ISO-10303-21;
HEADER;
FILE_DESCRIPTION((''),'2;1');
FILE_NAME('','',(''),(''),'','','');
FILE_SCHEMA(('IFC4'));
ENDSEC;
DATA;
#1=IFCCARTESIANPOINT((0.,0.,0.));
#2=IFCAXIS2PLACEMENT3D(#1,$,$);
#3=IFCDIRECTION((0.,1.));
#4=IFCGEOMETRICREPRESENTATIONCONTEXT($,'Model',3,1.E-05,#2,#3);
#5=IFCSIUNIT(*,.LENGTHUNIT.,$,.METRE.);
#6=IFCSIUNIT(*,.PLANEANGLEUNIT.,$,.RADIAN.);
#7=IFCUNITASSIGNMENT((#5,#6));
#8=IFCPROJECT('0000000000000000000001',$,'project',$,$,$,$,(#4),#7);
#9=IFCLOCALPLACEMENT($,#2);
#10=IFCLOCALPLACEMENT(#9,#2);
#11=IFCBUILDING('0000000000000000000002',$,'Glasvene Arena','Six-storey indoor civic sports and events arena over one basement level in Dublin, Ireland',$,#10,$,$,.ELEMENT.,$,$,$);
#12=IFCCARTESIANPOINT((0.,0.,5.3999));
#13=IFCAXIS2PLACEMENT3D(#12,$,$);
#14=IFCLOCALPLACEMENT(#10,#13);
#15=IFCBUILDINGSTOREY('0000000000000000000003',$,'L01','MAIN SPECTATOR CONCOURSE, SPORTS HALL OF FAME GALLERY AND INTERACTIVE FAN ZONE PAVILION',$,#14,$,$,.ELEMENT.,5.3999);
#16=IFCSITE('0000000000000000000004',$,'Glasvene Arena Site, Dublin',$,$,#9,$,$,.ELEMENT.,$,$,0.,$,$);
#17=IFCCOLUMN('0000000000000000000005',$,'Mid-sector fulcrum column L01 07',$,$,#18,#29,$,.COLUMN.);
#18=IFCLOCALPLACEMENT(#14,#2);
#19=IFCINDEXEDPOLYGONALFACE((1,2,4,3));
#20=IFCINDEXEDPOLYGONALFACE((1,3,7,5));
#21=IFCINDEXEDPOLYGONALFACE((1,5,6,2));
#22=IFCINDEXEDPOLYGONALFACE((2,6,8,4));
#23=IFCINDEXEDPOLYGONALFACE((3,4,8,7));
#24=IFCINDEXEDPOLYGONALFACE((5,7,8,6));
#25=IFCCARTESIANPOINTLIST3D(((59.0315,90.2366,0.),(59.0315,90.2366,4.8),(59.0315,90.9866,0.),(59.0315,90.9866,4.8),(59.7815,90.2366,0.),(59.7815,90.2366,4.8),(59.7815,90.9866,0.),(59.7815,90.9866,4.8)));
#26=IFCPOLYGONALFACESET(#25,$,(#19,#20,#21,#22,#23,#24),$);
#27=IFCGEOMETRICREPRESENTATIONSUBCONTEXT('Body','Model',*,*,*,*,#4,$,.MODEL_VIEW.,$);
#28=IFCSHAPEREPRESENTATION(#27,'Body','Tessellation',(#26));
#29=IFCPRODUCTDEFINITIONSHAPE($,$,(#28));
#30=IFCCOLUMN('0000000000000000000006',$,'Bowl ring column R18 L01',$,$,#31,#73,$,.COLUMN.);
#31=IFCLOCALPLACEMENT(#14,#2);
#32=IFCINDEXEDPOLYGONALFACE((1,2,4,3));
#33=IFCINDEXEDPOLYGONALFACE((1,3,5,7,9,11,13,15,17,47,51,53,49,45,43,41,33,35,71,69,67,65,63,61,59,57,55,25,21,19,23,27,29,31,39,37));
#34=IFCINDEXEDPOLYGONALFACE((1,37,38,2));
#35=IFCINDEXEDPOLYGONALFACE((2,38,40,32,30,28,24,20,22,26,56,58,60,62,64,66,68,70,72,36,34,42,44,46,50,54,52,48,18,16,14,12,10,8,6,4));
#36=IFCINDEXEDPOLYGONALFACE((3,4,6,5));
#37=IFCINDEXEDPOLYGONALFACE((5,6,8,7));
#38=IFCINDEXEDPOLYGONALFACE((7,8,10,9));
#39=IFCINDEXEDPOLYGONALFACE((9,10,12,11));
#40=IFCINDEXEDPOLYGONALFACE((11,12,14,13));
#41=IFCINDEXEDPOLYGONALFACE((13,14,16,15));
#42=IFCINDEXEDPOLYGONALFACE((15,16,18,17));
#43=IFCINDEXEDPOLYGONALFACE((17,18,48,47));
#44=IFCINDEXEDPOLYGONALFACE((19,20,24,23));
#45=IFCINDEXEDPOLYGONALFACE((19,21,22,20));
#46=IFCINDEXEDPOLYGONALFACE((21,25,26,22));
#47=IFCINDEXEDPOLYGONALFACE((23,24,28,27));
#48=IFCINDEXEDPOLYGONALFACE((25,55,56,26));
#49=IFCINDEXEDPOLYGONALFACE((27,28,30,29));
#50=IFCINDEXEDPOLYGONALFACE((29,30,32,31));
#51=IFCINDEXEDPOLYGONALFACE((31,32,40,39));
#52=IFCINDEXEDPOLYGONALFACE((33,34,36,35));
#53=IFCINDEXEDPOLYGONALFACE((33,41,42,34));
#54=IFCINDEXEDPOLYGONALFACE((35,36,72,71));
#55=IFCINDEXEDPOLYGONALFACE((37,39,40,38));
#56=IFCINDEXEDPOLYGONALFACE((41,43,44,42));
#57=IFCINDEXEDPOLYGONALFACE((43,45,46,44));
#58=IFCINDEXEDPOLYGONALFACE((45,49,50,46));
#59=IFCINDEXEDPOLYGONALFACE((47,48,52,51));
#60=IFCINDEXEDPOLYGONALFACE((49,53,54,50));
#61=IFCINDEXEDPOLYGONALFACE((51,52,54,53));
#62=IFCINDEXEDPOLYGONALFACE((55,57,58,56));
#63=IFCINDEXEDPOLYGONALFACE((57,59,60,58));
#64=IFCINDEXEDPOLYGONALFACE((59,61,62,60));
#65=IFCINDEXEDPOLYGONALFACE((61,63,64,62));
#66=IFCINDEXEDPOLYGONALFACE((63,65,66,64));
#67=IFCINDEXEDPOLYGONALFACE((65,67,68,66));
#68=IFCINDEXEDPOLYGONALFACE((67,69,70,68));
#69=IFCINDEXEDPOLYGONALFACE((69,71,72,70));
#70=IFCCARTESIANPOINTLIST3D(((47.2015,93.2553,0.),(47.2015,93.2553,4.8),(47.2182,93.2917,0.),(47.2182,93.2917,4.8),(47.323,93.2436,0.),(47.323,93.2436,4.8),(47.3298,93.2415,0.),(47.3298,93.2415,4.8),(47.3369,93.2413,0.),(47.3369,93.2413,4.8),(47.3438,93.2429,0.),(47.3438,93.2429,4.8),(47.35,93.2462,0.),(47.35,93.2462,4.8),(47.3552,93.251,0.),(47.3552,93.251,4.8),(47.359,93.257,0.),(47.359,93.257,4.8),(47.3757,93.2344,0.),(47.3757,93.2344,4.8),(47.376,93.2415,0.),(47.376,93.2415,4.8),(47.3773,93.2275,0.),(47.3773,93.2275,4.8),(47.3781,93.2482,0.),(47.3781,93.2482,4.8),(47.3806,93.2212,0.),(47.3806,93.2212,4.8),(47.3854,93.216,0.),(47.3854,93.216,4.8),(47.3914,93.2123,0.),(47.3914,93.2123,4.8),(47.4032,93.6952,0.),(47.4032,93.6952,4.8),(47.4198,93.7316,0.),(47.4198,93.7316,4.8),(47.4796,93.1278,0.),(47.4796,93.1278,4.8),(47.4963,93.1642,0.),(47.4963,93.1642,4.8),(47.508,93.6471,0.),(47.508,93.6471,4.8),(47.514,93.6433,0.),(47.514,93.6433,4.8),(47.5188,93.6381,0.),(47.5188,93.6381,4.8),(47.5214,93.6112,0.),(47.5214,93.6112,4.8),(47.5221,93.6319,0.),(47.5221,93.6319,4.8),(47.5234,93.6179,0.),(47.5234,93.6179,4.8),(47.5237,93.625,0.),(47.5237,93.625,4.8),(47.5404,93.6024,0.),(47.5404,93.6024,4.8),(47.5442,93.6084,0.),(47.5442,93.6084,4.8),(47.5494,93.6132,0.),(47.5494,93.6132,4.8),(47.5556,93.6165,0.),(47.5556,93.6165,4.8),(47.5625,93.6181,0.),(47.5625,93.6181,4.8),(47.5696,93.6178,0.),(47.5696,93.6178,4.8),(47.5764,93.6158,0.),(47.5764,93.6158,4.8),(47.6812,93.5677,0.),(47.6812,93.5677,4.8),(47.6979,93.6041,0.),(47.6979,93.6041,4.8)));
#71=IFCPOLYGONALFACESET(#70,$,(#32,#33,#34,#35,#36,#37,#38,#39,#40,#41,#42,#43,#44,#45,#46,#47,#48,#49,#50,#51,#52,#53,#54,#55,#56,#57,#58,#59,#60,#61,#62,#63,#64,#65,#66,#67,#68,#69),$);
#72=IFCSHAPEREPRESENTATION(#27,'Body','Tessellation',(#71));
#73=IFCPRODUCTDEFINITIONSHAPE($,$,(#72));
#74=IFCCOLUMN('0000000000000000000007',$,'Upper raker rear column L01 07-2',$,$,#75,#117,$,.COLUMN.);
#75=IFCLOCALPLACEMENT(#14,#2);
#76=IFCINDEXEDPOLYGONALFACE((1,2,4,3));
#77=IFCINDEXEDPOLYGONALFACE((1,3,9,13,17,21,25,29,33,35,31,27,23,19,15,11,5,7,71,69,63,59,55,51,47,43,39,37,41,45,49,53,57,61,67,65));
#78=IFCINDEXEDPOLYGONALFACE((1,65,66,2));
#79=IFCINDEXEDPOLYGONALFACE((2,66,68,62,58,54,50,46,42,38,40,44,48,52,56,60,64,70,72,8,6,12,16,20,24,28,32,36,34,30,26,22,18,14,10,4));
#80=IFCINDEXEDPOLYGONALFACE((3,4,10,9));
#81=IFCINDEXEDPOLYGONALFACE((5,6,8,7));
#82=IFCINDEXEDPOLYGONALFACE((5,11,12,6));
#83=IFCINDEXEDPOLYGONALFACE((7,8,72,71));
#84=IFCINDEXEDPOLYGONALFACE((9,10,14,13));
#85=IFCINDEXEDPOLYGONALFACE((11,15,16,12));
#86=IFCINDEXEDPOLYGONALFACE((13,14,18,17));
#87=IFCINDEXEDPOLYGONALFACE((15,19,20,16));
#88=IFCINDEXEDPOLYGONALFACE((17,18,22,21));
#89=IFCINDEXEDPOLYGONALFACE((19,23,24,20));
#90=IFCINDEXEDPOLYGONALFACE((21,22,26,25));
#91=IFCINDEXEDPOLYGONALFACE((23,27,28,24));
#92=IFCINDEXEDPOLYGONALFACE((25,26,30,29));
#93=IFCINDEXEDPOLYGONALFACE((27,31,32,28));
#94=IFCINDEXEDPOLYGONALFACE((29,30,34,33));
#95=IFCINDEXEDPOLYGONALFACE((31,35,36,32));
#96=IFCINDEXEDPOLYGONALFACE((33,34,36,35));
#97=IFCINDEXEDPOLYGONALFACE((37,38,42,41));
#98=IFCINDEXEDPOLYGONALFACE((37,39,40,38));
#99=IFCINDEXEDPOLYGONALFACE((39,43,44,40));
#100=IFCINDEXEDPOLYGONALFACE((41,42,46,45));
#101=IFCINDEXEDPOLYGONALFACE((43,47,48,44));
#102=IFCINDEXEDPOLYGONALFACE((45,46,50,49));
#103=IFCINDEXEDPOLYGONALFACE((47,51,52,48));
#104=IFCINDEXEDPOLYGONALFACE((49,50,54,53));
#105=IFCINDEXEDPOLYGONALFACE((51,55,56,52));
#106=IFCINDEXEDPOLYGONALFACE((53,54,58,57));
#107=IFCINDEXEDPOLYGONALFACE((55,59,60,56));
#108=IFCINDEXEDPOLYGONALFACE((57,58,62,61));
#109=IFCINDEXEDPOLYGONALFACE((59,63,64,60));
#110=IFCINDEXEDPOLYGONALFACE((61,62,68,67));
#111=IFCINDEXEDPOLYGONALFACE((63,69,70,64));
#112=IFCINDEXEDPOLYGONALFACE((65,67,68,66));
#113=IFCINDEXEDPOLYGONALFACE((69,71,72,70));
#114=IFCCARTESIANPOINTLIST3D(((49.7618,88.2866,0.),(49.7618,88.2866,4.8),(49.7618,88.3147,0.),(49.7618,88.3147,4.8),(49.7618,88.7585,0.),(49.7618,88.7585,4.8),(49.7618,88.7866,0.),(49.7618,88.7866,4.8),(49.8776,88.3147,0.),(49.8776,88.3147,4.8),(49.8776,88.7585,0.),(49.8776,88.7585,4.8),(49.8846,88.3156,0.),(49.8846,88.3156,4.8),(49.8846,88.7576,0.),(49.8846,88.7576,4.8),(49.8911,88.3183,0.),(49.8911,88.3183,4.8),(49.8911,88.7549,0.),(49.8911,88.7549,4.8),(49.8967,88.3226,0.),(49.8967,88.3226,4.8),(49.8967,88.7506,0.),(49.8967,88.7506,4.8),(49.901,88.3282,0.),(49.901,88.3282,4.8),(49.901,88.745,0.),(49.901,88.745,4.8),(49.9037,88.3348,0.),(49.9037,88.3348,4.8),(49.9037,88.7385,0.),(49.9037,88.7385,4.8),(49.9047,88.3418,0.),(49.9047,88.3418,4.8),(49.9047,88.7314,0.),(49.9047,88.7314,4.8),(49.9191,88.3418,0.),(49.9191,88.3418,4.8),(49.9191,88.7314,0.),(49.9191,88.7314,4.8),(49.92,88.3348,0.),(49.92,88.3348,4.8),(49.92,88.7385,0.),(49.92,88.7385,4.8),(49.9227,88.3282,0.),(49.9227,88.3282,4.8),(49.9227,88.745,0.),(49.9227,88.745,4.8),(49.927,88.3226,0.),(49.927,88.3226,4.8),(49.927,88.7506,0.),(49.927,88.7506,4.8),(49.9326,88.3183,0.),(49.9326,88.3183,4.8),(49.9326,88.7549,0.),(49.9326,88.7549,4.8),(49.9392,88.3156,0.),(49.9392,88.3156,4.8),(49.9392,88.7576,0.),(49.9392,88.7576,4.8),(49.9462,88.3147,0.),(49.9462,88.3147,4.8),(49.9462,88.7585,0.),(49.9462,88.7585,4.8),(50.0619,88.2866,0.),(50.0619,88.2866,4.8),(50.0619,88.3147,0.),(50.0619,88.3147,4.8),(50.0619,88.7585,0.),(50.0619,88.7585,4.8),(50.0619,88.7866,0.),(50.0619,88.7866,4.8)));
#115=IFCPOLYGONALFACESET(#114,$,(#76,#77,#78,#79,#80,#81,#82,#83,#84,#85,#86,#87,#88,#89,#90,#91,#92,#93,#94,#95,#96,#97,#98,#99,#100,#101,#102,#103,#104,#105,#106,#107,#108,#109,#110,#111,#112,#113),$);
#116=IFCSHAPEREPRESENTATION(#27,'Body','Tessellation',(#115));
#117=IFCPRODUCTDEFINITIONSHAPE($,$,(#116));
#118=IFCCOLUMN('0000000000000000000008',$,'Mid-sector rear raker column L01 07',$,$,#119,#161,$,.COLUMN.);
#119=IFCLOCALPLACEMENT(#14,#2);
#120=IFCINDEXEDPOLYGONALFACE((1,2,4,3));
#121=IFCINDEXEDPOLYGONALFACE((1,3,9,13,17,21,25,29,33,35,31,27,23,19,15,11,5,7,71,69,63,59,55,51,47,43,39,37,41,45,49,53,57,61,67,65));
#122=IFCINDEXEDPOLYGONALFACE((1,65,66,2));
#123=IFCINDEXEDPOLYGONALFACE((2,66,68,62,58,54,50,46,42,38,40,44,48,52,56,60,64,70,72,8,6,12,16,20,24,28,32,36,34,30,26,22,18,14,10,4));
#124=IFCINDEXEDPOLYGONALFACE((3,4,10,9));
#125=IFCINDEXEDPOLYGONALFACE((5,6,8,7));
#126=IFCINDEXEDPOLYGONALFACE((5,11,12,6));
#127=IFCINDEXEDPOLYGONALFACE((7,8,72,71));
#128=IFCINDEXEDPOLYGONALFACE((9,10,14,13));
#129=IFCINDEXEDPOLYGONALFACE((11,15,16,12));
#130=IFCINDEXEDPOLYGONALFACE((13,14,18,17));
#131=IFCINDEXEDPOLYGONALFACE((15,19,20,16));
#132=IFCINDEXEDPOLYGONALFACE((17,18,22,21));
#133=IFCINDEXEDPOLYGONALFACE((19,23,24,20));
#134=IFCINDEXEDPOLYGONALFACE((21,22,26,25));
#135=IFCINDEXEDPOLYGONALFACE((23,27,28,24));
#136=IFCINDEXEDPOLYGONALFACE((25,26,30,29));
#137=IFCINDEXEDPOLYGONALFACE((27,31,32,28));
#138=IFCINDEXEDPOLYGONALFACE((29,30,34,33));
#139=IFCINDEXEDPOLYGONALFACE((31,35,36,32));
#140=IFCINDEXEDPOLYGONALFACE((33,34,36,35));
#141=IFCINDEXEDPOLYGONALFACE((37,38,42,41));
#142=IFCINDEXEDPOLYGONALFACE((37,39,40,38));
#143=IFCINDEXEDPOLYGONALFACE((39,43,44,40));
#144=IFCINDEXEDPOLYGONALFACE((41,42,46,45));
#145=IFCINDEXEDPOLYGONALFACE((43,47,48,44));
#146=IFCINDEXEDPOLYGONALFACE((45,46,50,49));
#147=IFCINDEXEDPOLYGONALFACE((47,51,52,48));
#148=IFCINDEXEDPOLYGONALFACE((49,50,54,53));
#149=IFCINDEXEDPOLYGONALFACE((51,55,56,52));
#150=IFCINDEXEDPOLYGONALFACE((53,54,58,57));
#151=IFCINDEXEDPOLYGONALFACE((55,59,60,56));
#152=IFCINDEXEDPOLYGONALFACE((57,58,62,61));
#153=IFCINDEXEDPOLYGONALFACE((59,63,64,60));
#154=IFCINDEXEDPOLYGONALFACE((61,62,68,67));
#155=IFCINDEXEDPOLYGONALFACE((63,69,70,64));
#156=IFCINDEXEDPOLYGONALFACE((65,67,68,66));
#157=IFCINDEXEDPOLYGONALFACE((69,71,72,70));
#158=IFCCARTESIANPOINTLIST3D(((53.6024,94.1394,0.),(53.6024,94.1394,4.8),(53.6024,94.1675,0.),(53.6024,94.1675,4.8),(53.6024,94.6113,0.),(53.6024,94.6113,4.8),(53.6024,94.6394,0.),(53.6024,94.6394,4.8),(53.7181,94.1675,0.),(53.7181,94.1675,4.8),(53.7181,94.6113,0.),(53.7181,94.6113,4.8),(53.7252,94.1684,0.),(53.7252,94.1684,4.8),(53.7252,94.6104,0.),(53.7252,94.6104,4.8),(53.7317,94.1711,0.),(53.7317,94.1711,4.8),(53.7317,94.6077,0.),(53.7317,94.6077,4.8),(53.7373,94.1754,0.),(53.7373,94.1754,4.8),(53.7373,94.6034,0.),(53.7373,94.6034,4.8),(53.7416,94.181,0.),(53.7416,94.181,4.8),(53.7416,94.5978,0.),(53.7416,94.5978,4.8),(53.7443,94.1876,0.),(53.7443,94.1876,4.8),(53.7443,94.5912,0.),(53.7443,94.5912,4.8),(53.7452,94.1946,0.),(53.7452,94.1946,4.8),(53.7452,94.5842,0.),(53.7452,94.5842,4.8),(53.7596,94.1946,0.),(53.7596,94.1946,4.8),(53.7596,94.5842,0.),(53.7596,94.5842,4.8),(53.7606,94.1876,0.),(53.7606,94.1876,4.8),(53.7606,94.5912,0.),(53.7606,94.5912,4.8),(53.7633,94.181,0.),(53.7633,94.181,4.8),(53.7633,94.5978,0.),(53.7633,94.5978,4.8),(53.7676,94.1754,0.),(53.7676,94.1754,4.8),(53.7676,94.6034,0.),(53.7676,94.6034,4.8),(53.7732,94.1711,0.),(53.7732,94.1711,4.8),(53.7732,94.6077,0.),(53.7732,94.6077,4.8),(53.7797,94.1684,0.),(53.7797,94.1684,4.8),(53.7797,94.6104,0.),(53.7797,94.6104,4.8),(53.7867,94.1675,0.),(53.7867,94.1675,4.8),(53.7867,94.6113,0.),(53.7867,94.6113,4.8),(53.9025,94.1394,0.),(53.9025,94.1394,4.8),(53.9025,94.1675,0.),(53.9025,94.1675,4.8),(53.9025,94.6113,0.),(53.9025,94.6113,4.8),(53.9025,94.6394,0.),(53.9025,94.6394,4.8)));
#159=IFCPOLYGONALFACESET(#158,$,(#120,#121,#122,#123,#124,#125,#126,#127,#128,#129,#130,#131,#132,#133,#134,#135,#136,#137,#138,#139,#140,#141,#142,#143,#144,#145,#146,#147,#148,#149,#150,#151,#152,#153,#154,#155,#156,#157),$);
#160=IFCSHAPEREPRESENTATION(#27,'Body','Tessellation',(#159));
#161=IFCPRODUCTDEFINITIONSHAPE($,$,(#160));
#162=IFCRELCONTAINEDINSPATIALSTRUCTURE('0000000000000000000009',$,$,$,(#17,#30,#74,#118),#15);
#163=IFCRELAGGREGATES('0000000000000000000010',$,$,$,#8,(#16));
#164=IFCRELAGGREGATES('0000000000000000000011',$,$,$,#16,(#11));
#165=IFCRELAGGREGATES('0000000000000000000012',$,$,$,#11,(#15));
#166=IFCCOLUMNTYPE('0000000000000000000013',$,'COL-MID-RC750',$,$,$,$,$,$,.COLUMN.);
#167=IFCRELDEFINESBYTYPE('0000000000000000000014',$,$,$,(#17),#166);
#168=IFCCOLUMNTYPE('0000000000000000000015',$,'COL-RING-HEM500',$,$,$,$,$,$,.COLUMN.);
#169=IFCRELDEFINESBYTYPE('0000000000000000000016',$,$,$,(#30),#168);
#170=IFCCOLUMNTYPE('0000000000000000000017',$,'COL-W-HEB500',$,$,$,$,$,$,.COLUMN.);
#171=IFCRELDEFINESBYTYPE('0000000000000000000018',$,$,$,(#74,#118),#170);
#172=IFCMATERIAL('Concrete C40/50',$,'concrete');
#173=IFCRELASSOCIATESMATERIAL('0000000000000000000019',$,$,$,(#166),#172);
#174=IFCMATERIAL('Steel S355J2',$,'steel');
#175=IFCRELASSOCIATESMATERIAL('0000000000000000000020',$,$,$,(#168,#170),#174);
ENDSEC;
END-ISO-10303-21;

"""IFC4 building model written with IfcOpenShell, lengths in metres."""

from ifc_helpers import new_model, si_unit, direction, frame, origin, origin_2d, place, context, subcontext, project, spatial, rectangle, i_section, extrude, material, material_profile, profile_set, type_object, element, save


model = new_model("IFC4")

# Units and contexts
model_context = context("Model", 3, precision=1e-05, world=origin(), true_north=direction((0.0, 1.0)))
body_context = subcontext(model_context, "Body", "Model", "MODEL_VIEW")
ifc_project = project(units=[si_unit("LENGTHUNIT", "METRE"), si_unit("PLANEANGLEUNIT", "RADIAN")], contexts=[model_context])

# Site, building, storey
site_placement = place(None, origin())
site = spatial("IfcSite", under=ifc_project, at=site_placement, Name="Glasvene Arena Site, Dublin", CompositionType="ELEMENT", RefElevation=0.0)
building_placement = place(site_placement, origin())
building = spatial("IfcBuilding", under=site, at=building_placement, Name="Glasvene Arena", Description="Six-storey indoor civic sports and events arena over one basement level in Dublin, Ireland", CompositionType="ELEMENT")
storey_placement = place(building_placement, frame((0.0, 0.0, 5.3999)))
storey = spatial("IfcBuildingStorey", under=building, at=storey_placement, Name="L01", Description="MAIN SPECTATOR CONCOURSE, SPORTS HALL OF FAME GALLERY AND INTERACTIVE FAN ZONE PAVILION", CompositionType="ELEMENT", Elevation=5.3999)

# Columns
ifc_material_1 = material(Name="Concrete C40/50", Category="concrete")
ifc_material_profile_1 = material_profile(ifc_material_1, rectangle(XDim=0.75, YDim=0.75, at=origin_2d()), Name="RC 750x750")
ifc_profile_set_1 = profile_set([ifc_material_profile_1], Name="Concrete C40/50")
column_type_1 = type_object("IfcColumnType", Name="COL-MID-RC750", PredefinedType="COLUMN", material=ifc_profile_set_1)
column_1_placement = place(storey_placement, frame((59.4065, 90.6116, 0.0), z_axis=(0.0, 0.0, 1.0), x_axis=(1.0, 0.0, 0.0)))
element("IfcColumn", 1, at=column_1_placement, inside=storey, type_object=column_type_1, Name="Mid-sector fulcrum column L01 07", PredefinedType="COLUMN", context=body_context, shape_type="SweptSolid", body=[
    extrude(rectangle(XDim=0.75, YDim=0.75, at=origin_2d()), origin(), (0.0, 0.0, 1.0), 4.8),
])
ifc_material_2 = material(Name="Steel S355J2", Category="steel")
ifc_material_profile_2 = material_profile(ifc_material_2, i_section(OverallWidth=0.3059, OverallDepth=0.5239, WebThickness=0.021, FlangeThickness=0.04, FilletRadius=0.0271, at=origin_2d()), Name="HEM 500")
ifc_profile_set_2 = profile_set([ifc_material_profile_2], Name="Steel S355J2")
column_type_2 = type_object("IfcColumnType", Name="COL-RING-HEM500", PredefinedType="COLUMN", material=ifc_profile_set_2)
column_2_placement = place(storey_placement, frame((47.4497, 93.4297, 0.0), z_axis=(0.0, 0.0, 1.0), x_axis=(-0.909018, 0.416757, 0.0)))
element("IfcColumn", 2, at=column_2_placement, inside=storey, type_object=column_type_2, Name="Bowl ring column R18 L01", PredefinedType="COLUMN", context=body_context, shape_type="SweptSolid", body=[
    extrude(i_section(OverallWidth=0.3059, OverallDepth=0.5239, WebThickness=0.021, FlangeThickness=0.04, FilletRadius=0.0271, at=origin_2d()), origin(), (0.0, 0.0, 1.0), 4.8),
])
ifc_material_profile_3 = material_profile(ifc_material_2, i_section(OverallWidth=0.3, OverallDepth=0.5, WebThickness=0.0144, FlangeThickness=0.0281, FilletRadius=0.0271, at=origin_2d()), Name="HEB 500")
ifc_profile_set_3 = profile_set([ifc_material_profile_3], Name="Steel S355J2")
column_type_3 = type_object("IfcColumnType", Name="COL-W-HEB500", PredefinedType="COLUMN", material=ifc_profile_set_3)
for number, where, z_axis, x_axis, name in (
    (3, (49.9119, 88.5366, 0.0), (0.0, 0.0, 1.0), (1.0, 0.0, 0.0), "Upper raker rear column L01 07-2"),
    (4, (53.7524, 94.3894, 0.0), (0.0, 0.0, 1.0), (1.0, 0.0, 0.0), "Mid-sector rear raker column L01 07"),
):
    element("IfcColumn", number, at=place(storey_placement, frame(where, z_axis=z_axis, x_axis=x_axis)), inside=storey, type_object=column_type_3, Name=name, PredefinedType="COLUMN", context=body_context, shape_type="SweptSolid", body=[
        extrude(i_section(OverallWidth=0.3, OverallDepth=0.5, WebThickness=0.0144, FlangeThickness=0.0281, FilletRadius=0.0271, at=origin_2d()), origin(), (0.0, 0.0, 1.0), 4.8),
    ])

save(model, "model.ifc")
